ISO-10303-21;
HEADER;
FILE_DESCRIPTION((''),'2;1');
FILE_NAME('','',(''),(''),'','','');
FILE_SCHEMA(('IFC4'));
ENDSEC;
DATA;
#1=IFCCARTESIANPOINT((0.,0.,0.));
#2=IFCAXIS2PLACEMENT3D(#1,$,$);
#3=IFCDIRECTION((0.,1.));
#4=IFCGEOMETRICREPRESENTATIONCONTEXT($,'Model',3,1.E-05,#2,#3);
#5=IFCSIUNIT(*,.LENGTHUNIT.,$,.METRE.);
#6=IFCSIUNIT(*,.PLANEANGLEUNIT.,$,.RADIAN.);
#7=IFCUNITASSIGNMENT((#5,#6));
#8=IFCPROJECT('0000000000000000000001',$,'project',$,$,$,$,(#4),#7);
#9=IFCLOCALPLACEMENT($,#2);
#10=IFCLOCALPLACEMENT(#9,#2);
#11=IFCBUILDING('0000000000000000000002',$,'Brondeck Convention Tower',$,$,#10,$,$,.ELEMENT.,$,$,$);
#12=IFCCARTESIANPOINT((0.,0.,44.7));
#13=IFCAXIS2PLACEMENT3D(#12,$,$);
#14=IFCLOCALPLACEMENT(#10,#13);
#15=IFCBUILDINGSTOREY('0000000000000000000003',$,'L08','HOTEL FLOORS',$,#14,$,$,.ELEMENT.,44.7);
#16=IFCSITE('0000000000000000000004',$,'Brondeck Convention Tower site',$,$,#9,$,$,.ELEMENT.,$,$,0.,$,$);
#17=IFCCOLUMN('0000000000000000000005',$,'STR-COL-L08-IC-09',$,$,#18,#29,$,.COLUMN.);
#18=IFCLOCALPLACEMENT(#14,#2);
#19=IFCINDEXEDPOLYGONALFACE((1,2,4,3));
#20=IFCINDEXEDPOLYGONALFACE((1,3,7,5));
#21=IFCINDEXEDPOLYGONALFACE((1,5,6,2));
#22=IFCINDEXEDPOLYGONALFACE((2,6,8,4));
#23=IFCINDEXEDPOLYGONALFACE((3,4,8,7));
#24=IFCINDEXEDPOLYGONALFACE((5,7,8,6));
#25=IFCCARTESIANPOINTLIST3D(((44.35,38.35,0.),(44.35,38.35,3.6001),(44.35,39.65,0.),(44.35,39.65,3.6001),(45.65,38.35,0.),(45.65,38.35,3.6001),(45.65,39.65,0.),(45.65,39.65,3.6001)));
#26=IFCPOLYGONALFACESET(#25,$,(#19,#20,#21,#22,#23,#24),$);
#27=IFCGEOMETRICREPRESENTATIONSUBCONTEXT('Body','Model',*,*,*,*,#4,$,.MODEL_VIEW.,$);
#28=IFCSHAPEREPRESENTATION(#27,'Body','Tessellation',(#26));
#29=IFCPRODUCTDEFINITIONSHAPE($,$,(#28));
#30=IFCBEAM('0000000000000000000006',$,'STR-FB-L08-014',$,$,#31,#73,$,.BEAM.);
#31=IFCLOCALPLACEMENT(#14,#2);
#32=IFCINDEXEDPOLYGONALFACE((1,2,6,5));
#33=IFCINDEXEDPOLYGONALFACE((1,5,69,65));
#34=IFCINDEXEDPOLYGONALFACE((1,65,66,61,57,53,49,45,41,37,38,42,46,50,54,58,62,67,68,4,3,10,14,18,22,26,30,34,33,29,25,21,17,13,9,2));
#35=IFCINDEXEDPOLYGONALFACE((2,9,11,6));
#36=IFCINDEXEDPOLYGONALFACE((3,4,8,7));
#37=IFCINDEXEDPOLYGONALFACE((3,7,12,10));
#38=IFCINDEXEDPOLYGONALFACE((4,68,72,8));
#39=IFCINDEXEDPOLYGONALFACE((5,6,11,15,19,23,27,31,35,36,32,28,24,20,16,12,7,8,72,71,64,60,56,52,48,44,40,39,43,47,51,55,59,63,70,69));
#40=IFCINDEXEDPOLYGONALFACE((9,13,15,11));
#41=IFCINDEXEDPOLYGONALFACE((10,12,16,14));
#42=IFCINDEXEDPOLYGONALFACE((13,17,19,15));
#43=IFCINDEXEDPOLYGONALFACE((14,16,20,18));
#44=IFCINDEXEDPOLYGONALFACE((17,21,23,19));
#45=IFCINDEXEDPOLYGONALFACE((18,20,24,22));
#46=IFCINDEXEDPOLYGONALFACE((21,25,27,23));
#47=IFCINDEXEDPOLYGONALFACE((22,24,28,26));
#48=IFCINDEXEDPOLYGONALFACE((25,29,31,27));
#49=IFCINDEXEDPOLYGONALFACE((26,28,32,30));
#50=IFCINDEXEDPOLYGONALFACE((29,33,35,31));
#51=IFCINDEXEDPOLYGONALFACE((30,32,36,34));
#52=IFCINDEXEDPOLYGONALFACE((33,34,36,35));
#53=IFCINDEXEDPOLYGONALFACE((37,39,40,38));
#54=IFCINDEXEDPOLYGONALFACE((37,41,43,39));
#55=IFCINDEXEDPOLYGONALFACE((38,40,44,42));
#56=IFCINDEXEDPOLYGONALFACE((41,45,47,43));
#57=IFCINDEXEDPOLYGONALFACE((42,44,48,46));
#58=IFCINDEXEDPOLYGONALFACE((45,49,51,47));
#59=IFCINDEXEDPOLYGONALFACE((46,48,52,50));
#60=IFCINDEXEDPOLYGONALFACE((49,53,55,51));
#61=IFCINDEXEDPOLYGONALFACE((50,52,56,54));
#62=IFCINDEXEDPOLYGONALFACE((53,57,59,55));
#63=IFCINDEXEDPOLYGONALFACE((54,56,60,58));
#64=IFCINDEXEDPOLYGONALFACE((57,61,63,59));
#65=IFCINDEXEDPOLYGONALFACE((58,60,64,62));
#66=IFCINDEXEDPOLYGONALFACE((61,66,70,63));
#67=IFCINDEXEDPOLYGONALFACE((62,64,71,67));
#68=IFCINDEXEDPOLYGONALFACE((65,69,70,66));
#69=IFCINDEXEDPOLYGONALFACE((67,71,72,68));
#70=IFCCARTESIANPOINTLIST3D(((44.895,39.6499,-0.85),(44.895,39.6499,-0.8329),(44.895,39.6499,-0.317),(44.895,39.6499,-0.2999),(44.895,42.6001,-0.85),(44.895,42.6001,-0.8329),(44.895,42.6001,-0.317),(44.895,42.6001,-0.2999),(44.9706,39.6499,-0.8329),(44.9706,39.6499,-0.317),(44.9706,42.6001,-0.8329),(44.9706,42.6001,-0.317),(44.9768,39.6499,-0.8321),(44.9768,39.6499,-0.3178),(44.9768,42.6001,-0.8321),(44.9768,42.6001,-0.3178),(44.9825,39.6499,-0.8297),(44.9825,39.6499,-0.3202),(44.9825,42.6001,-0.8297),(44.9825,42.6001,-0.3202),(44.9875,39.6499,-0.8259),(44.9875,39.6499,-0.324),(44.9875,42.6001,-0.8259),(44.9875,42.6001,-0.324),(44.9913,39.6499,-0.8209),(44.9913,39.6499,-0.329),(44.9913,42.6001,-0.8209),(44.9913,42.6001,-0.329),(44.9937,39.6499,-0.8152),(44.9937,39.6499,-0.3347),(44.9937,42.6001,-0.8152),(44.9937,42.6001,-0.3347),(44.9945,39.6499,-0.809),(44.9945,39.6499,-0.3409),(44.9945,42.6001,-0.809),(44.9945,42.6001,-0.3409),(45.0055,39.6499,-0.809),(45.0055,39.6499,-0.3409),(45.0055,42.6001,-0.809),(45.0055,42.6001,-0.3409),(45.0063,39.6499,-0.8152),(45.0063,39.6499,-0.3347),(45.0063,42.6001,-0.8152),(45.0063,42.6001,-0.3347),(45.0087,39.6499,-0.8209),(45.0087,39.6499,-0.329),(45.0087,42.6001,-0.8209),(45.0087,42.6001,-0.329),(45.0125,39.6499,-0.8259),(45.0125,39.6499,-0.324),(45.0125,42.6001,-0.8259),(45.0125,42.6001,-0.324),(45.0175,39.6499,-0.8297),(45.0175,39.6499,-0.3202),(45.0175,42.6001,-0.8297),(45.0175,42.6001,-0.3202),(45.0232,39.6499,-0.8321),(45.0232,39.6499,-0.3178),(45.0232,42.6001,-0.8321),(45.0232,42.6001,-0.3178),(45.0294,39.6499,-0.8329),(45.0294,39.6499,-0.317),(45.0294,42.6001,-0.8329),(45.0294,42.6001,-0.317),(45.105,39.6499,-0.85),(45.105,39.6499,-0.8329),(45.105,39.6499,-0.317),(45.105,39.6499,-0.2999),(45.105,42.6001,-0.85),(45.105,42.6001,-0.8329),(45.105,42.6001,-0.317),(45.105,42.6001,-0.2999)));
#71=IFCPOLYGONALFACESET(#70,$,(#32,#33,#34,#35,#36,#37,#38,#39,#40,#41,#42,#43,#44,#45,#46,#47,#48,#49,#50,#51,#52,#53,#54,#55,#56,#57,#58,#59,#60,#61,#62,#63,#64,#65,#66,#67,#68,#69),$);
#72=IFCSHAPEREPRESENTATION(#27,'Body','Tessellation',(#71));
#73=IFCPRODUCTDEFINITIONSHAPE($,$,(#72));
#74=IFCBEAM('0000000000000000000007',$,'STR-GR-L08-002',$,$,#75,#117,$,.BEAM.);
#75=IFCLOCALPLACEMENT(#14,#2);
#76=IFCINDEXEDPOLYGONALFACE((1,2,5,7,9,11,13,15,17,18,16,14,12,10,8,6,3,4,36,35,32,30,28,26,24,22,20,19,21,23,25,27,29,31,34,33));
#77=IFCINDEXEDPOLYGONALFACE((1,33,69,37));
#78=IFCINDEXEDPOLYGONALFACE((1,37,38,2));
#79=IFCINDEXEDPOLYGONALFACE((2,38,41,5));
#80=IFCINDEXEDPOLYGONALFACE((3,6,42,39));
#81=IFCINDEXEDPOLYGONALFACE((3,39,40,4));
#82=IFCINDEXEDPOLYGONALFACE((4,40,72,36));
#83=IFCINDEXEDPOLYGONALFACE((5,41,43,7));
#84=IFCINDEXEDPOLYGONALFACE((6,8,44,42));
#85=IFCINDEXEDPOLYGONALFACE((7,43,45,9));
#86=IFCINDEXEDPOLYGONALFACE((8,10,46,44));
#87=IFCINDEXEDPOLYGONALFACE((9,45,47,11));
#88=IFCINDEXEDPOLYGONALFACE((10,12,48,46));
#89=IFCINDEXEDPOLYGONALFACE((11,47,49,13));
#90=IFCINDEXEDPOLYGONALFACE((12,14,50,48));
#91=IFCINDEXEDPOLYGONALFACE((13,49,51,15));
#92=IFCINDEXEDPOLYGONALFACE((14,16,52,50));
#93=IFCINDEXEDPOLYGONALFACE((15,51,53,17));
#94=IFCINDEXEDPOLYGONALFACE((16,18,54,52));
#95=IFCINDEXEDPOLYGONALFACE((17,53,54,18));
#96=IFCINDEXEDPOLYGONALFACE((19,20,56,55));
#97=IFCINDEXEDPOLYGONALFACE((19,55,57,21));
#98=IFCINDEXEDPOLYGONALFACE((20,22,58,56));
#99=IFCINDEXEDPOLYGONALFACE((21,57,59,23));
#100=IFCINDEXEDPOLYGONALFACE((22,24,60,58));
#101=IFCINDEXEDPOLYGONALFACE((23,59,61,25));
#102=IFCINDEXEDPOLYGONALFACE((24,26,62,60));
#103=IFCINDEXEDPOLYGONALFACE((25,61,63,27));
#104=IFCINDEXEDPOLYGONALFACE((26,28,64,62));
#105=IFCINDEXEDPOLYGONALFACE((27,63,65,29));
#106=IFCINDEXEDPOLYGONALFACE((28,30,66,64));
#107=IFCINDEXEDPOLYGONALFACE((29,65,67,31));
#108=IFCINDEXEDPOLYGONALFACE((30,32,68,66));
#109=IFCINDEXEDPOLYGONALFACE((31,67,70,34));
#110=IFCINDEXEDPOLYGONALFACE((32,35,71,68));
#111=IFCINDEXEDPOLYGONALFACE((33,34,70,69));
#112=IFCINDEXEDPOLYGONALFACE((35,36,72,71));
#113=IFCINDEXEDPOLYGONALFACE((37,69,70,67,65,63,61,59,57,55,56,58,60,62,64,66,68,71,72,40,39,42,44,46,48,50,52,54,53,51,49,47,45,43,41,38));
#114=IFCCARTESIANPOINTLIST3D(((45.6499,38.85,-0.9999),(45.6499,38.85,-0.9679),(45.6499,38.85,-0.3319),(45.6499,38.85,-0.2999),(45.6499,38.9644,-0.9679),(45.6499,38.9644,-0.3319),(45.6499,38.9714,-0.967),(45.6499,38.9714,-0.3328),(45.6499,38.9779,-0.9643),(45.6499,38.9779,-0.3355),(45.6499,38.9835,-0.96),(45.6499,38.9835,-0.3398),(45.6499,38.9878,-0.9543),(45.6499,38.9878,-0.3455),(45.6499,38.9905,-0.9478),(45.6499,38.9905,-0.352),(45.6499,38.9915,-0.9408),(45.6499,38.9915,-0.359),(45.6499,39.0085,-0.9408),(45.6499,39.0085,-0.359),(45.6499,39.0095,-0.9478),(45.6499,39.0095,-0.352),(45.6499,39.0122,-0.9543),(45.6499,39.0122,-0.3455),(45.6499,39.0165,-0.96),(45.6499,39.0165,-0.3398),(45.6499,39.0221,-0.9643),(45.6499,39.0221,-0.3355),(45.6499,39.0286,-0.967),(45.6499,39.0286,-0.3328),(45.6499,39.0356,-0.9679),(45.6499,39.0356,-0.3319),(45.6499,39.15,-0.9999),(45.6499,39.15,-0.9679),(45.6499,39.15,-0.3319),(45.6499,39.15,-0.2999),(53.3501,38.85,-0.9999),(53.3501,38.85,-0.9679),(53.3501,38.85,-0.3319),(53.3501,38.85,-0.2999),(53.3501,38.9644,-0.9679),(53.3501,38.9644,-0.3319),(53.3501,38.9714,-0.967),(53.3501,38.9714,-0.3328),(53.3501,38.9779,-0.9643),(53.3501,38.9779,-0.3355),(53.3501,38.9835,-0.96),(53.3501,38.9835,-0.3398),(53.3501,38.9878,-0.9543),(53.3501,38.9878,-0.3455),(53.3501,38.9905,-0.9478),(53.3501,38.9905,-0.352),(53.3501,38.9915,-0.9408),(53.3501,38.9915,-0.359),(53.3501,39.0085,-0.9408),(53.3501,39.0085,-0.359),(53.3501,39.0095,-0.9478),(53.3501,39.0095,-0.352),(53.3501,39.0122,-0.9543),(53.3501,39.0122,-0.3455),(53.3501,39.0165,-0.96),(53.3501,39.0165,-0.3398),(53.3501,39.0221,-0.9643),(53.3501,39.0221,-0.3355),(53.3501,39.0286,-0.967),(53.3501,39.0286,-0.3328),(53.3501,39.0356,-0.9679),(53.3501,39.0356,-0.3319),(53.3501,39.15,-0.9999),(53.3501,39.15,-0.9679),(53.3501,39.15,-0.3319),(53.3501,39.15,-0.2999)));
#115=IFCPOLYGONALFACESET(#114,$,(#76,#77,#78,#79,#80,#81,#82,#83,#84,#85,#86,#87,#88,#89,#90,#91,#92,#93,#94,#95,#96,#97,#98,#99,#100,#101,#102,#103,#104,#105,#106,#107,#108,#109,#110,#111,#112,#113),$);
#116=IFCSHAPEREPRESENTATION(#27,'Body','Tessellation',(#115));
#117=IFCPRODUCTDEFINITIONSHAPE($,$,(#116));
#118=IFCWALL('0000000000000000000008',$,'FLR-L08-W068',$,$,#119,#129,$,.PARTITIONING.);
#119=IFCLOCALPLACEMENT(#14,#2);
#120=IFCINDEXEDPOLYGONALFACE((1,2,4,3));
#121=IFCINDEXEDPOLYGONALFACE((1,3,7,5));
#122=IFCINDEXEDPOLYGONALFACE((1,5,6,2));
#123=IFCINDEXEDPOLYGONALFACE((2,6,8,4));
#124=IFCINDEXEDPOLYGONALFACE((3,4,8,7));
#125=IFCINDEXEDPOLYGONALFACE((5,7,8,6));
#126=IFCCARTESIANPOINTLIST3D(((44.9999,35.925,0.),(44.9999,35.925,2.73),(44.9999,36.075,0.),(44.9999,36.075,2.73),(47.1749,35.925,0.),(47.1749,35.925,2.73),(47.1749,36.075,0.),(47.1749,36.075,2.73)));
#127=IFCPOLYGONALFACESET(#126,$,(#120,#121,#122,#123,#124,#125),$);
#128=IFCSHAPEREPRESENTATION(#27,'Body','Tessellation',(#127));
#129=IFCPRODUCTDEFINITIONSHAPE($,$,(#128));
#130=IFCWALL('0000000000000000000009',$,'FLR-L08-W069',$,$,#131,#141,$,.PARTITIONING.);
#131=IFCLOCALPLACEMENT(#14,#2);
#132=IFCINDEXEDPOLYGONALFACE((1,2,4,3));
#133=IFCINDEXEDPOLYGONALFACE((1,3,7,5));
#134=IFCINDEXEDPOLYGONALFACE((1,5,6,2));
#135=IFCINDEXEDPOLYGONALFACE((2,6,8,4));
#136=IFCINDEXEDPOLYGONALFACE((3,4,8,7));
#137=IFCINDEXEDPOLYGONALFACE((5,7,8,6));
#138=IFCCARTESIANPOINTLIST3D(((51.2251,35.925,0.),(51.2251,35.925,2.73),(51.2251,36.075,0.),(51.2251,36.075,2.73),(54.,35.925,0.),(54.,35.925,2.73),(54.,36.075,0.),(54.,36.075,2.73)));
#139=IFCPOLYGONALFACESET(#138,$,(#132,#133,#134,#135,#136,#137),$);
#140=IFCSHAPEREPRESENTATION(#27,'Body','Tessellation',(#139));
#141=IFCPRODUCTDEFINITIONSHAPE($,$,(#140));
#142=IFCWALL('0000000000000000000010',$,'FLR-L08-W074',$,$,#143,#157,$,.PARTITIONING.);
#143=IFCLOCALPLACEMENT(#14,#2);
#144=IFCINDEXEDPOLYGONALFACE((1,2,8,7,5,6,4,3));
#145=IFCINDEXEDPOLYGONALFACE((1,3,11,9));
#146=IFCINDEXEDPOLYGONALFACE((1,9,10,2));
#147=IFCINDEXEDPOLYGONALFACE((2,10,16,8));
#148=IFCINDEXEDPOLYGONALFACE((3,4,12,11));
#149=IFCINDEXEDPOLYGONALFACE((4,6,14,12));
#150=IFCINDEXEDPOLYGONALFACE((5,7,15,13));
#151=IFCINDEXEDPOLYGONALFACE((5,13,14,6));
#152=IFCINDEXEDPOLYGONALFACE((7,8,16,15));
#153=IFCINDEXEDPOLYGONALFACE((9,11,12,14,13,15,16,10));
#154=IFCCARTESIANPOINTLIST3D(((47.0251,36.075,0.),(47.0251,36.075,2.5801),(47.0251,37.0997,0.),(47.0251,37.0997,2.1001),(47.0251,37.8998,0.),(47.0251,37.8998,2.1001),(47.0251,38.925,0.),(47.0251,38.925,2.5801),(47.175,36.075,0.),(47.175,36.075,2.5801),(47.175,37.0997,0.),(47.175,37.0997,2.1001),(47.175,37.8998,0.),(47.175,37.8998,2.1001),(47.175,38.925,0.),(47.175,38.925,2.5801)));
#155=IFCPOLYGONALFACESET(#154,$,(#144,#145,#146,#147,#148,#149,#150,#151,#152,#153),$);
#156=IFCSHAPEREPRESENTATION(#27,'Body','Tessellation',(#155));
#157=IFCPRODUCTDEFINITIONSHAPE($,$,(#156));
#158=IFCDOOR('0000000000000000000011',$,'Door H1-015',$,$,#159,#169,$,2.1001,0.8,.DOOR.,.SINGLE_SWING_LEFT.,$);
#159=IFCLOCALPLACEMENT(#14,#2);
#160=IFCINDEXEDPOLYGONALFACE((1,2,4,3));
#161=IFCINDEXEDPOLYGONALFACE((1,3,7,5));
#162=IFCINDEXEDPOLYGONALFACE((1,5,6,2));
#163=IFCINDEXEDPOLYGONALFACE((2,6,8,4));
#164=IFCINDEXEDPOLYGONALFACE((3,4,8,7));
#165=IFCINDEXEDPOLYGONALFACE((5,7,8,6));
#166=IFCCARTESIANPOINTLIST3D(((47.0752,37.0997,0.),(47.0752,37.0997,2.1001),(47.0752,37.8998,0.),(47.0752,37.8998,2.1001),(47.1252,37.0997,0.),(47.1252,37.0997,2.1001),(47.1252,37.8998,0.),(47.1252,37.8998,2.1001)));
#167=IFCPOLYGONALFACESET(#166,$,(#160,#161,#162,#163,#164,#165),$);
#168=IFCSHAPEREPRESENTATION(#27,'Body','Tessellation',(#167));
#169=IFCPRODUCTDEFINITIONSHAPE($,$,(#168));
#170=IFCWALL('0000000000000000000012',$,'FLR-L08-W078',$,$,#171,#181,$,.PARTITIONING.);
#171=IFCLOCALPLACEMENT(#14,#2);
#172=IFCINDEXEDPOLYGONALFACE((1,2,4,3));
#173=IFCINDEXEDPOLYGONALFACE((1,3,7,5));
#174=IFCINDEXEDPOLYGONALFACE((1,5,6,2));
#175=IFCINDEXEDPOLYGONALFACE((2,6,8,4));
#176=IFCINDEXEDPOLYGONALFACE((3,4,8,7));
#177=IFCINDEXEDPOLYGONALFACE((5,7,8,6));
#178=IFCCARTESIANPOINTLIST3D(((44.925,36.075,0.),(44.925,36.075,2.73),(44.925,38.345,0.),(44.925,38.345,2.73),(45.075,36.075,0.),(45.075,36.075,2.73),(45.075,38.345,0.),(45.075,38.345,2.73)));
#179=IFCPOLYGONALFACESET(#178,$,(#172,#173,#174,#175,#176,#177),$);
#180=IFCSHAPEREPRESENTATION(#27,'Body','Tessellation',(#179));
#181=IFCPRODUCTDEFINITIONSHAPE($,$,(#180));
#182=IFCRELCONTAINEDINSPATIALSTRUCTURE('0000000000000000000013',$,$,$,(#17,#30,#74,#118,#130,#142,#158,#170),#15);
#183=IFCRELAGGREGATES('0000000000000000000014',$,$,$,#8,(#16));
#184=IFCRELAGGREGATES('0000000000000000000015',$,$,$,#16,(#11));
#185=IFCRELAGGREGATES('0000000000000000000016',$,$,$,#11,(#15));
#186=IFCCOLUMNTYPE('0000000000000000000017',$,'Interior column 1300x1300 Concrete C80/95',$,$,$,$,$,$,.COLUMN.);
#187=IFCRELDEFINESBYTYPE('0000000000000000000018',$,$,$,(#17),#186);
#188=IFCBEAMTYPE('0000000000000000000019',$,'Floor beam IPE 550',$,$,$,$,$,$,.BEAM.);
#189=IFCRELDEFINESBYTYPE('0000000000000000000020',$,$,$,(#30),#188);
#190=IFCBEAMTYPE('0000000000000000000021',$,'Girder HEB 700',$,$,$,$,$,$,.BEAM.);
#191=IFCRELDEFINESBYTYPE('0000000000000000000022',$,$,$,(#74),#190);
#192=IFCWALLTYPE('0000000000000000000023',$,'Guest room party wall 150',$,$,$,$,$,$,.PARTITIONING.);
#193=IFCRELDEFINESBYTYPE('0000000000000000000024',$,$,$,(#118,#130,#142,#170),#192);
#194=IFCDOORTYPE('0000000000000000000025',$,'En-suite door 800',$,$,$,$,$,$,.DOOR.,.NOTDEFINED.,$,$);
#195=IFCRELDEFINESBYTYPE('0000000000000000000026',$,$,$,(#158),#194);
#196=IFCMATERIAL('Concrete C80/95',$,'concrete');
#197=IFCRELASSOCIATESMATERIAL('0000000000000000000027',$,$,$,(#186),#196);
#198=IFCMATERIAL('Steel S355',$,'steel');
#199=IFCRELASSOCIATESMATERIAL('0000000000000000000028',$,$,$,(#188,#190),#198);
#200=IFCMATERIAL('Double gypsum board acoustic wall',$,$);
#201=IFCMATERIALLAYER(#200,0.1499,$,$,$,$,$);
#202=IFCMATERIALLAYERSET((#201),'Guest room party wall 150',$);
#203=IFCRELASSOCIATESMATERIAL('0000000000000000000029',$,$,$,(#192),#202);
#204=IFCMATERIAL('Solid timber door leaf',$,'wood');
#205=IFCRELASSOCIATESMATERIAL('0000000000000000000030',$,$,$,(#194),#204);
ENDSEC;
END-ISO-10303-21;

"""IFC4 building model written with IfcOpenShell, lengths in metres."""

from ifc_helpers import new_model, si_unit, direction, frame, frame_2d, origin, origin_2d, place, context, subcontext, project, spatial, rectangle, i_section, extrude, material, layer, layer_set, material_profile, profile_set, type_object, element, fill, save


model = new_model("IFC4")

# Units and contexts
model_context = context("Model", 3, precision=1e-05, world=origin(), true_north=direction((0.0, 1.0)))
body_context = subcontext(model_context, "Body", "Model", "MODEL_VIEW")
ifc_project = project(units=[si_unit("LENGTHUNIT", "METRE"), si_unit("PLANEANGLEUNIT", "RADIAN")], contexts=[model_context])

# Site, building, storey
site_placement = place(None, origin())
site = spatial("IfcSite", under=ifc_project, at=site_placement, Name="Brondeck Convention Tower site", CompositionType="ELEMENT", RefElevation=0.0)
building_placement = place(site_placement, origin())
building = spatial("IfcBuilding", under=site, at=building_placement, Name="Brondeck Convention Tower", CompositionType="ELEMENT")
storey_placement = place(building_placement, frame((0.0, 0.0, 44.7)))
storey = spatial("IfcBuildingStorey", under=building, at=storey_placement, Name="L08", Description="HOTEL FLOORS", CompositionType="ELEMENT", Elevation=44.7)

# Column
ifc_material_1 = material(Name="Concrete C80/95", Category="concrete")
ifc_material_profile_1 = material_profile(ifc_material_1, rectangle(XDim=1.3, YDim=1.3, at=origin_2d()), Name="Interior column 1300x1300 Concrete C80/95")
ifc_profile_set_1 = profile_set([ifc_material_profile_1], Name="Concrete C80/95")
column_type = type_object("IfcColumnType", Name="Interior column 1300x1300 Concrete C80/95", PredefinedType="COLUMN", material=ifc_profile_set_1)
column_placement = place(storey_placement, frame((45.0, 39.0, 0.0), z_axis=(0.0, 0.0, 1.0), x_axis=(1.0, 0.0, 0.0)))
element("IfcColumn", 1, at=column_placement, inside=storey, type_object=column_type, Name="STR-COL-L08-IC-09", PredefinedType="COLUMN", context=body_context, shape_type="SweptSolid", body=[
    extrude(rectangle(XDim=1.3, YDim=1.3, at=origin_2d()), origin(), (0.0, 0.0, 1.0), 3.6001),
])

# Beams
ifc_material_2 = material(Name="Steel S355", Category="steel")
ifc_material_profile_2 = material_profile(ifc_material_2, i_section(OverallWidth=0.21, OverallDepth=0.55, WebThickness=0.011, FlangeThickness=0.0171, FilletRadius=0.0239, at=origin_2d()), Name="IPE 550")
ifc_profile_set_2 = profile_set([ifc_material_profile_2], Name="Steel S355")
beam_type_1 = type_object("IfcBeamType", Name="Floor beam IPE 550", PredefinedType="BEAM", material=ifc_profile_set_2)
beam_1_placement = place(storey_placement, frame((45.0, 39.6499, -0.575), z_axis=(0.0, 1.0, 0.0), x_axis=(-1.0, 0.0, 0.0)))
element("IfcBeam", 2, at=beam_1_placement, inside=storey, type_object=beam_type_1, Name="STR-FB-L08-014", PredefinedType="BEAM", context=body_context, shape_type="SweptSolid", body=[
    extrude(i_section(OverallWidth=0.21, OverallDepth=0.55, WebThickness=0.011, FlangeThickness=0.0171, FilletRadius=0.0239, at=origin_2d()), origin(), (0.0, 0.0, 1.0), 2.9502),
])
ifc_material_profile_3 = material_profile(ifc_material_2, i_section(OverallWidth=0.3, OverallDepth=0.7, WebThickness=0.0171, FlangeThickness=0.032, FilletRadius=0.0271, at=origin_2d()), Name="HEB 700")
ifc_profile_set_3 = profile_set([ifc_material_profile_3], Name="Steel S355")
beam_type_2 = type_object("IfcBeamType", Name="Girder HEB 700", PredefinedType="BEAM", material=ifc_profile_set_3)
beam_2_placement = place(storey_placement, frame((45.6499, 39.0, -0.6499), z_axis=(1.0, 0.0, 0.0), x_axis=(0.0, 1.0, 0.0)))
element("IfcBeam", 3, at=beam_2_placement, inside=storey, type_object=beam_type_2, Name="STR-GR-L08-002", PredefinedType="BEAM", context=body_context, shape_type="SweptSolid", body=[
    extrude(i_section(OverallWidth=0.3, OverallDepth=0.7, WebThickness=0.0171, FlangeThickness=0.032, FilletRadius=0.0271, at=origin_2d()), origin(), (0.0, 0.0, 1.0), 7.7002),
])

# Walls
ifc_material_3 = material(Name="Double gypsum board acoustic wall")
ifc_layer_1 = layer(ifc_material_3, 0.1499)
ifc_layer_set_1 = layer_set([ifc_layer_1], Name="Guest room party wall 150")
wall_type_1 = type_object("IfcWallType", Name="Guest room party wall 150", PredefinedType="PARTITIONING", material=ifc_layer_set_1)
wall_1_placement = place(storey_placement, frame((45.0, 36.0, 0.0), z_axis=(0.0, 0.0, 1.0), x_axis=(1.0, 0.0, 0.0)))
element("IfcWall", 4, at=wall_1_placement, inside=storey, type_object=wall_type_1, Name="FLR-L08-W068", PredefinedType="PARTITIONING", context=body_context, shape_type="SweptSolid", body=[
    extrude(rectangle(XDim=2.175, YDim=0.1499, at=frame_2d((1.0874, 0.0))), origin(), (0.0, 0.0, 1.0), 2.73),
])
wall_2_placement = place(storey_placement, frame((51.2251, 36.0, 0.0), z_axis=(0.0, 0.0, 1.0), x_axis=(1.0, 0.0, 0.0)))
element("IfcWall", 5, at=wall_2_placement, inside=storey, type_object=wall_type_1, Name="FLR-L08-W069", PredefinedType="PARTITIONING", context=body_context, shape_type="SweptSolid", body=[
    extrude(rectangle(XDim=2.7749, YDim=0.1499, at=frame_2d((1.3875, 0.0))), origin(), (0.0, 0.0, 1.0), 2.73),
])

# Wall, opening, door
wall_3_placement = place(storey_placement, frame((47.1001, 36.075, 0.0), z_axis=(0.0, 0.0, 1.0), x_axis=(0.0, 1.0, 0.0)))
wall_3 = element("IfcWall", 6, at=wall_3_placement, inside=storey, type_object=wall_type_1, Name="FLR-L08-W074", PredefinedType="PARTITIONING", context=body_context, shape_type="SweptSolid", body=[
    extrude(rectangle(XDim=2.8501, YDim=0.1499, at=frame_2d((1.425, 0.0))), origin(), (0.0, 0.0, 1.0), 2.5801),
])
opening_1_placement = place(wall_3_placement, frame((1.0249, 0.0, 0.0)))
opening_1 = element("IfcOpeningElement", 7, at=opening_1_placement, cuts=wall_3, PredefinedType="OPENING", context=body_context, shape_type="SweptSolid", body=[
    extrude(rectangle(XDim=0.8, YDim=2.1001, at=frame_2d((0.3999, 1.05))), frame((0.0, 0.085, 0.0), z_axis=(0.0, -1.0, 0.0), x_axis=(1.0, 0.0, 0.0)), (0.0, 0.0, 1.0), 0.1699),
])
ifc_material_4 = material(Name="Solid timber door leaf", Category="wood")
door_type_1 = type_object("IfcDoorType", Name="En-suite door 800", OperationType="NOTDEFINED", PredefinedType="DOOR", material=ifc_material_4)
door_1_placement = place(opening_1_placement, origin())
door_1 = element("IfcDoor", 8, at=door_1_placement, inside=storey, type_object=door_type_1, Name="Door H1-015", OperationType="SINGLE_SWING_LEFT", OverallHeight=2.1001, OverallWidth=0.8, PredefinedType="DOOR", context=body_context, shape_type="SweptSolid", body=[
    extrude(rectangle(XDim=0.8, YDim=2.1001, at=frame_2d((0.3999, 1.05))), frame((0.0, 0.0249, 0.0), z_axis=(0.0, -1.0, 0.0), x_axis=(1.0, 0.0, 0.0)), (0.0, 0.0, 1.0), 0.05),
])
fill(opening_1, door_1)

# Wall
wall_4_placement = place(storey_placement, frame((45.0, 38.345, 0.0), z_axis=(0.0, 0.0, 1.0), x_axis=(0.0, -1.0, 0.0)))
element("IfcWall", 9, at=wall_4_placement, inside=storey, type_object=wall_type_1, Name="FLR-L08-W078", PredefinedType="PARTITIONING", context=body_context, shape_type="SweptSolid", body=[
    extrude(rectangle(XDim=2.27, YDim=0.1499, at=frame_2d((1.135, 0.0))), origin(), (0.0, 0.0, 1.0), 2.73),
])

save(model, "model.ifc")
